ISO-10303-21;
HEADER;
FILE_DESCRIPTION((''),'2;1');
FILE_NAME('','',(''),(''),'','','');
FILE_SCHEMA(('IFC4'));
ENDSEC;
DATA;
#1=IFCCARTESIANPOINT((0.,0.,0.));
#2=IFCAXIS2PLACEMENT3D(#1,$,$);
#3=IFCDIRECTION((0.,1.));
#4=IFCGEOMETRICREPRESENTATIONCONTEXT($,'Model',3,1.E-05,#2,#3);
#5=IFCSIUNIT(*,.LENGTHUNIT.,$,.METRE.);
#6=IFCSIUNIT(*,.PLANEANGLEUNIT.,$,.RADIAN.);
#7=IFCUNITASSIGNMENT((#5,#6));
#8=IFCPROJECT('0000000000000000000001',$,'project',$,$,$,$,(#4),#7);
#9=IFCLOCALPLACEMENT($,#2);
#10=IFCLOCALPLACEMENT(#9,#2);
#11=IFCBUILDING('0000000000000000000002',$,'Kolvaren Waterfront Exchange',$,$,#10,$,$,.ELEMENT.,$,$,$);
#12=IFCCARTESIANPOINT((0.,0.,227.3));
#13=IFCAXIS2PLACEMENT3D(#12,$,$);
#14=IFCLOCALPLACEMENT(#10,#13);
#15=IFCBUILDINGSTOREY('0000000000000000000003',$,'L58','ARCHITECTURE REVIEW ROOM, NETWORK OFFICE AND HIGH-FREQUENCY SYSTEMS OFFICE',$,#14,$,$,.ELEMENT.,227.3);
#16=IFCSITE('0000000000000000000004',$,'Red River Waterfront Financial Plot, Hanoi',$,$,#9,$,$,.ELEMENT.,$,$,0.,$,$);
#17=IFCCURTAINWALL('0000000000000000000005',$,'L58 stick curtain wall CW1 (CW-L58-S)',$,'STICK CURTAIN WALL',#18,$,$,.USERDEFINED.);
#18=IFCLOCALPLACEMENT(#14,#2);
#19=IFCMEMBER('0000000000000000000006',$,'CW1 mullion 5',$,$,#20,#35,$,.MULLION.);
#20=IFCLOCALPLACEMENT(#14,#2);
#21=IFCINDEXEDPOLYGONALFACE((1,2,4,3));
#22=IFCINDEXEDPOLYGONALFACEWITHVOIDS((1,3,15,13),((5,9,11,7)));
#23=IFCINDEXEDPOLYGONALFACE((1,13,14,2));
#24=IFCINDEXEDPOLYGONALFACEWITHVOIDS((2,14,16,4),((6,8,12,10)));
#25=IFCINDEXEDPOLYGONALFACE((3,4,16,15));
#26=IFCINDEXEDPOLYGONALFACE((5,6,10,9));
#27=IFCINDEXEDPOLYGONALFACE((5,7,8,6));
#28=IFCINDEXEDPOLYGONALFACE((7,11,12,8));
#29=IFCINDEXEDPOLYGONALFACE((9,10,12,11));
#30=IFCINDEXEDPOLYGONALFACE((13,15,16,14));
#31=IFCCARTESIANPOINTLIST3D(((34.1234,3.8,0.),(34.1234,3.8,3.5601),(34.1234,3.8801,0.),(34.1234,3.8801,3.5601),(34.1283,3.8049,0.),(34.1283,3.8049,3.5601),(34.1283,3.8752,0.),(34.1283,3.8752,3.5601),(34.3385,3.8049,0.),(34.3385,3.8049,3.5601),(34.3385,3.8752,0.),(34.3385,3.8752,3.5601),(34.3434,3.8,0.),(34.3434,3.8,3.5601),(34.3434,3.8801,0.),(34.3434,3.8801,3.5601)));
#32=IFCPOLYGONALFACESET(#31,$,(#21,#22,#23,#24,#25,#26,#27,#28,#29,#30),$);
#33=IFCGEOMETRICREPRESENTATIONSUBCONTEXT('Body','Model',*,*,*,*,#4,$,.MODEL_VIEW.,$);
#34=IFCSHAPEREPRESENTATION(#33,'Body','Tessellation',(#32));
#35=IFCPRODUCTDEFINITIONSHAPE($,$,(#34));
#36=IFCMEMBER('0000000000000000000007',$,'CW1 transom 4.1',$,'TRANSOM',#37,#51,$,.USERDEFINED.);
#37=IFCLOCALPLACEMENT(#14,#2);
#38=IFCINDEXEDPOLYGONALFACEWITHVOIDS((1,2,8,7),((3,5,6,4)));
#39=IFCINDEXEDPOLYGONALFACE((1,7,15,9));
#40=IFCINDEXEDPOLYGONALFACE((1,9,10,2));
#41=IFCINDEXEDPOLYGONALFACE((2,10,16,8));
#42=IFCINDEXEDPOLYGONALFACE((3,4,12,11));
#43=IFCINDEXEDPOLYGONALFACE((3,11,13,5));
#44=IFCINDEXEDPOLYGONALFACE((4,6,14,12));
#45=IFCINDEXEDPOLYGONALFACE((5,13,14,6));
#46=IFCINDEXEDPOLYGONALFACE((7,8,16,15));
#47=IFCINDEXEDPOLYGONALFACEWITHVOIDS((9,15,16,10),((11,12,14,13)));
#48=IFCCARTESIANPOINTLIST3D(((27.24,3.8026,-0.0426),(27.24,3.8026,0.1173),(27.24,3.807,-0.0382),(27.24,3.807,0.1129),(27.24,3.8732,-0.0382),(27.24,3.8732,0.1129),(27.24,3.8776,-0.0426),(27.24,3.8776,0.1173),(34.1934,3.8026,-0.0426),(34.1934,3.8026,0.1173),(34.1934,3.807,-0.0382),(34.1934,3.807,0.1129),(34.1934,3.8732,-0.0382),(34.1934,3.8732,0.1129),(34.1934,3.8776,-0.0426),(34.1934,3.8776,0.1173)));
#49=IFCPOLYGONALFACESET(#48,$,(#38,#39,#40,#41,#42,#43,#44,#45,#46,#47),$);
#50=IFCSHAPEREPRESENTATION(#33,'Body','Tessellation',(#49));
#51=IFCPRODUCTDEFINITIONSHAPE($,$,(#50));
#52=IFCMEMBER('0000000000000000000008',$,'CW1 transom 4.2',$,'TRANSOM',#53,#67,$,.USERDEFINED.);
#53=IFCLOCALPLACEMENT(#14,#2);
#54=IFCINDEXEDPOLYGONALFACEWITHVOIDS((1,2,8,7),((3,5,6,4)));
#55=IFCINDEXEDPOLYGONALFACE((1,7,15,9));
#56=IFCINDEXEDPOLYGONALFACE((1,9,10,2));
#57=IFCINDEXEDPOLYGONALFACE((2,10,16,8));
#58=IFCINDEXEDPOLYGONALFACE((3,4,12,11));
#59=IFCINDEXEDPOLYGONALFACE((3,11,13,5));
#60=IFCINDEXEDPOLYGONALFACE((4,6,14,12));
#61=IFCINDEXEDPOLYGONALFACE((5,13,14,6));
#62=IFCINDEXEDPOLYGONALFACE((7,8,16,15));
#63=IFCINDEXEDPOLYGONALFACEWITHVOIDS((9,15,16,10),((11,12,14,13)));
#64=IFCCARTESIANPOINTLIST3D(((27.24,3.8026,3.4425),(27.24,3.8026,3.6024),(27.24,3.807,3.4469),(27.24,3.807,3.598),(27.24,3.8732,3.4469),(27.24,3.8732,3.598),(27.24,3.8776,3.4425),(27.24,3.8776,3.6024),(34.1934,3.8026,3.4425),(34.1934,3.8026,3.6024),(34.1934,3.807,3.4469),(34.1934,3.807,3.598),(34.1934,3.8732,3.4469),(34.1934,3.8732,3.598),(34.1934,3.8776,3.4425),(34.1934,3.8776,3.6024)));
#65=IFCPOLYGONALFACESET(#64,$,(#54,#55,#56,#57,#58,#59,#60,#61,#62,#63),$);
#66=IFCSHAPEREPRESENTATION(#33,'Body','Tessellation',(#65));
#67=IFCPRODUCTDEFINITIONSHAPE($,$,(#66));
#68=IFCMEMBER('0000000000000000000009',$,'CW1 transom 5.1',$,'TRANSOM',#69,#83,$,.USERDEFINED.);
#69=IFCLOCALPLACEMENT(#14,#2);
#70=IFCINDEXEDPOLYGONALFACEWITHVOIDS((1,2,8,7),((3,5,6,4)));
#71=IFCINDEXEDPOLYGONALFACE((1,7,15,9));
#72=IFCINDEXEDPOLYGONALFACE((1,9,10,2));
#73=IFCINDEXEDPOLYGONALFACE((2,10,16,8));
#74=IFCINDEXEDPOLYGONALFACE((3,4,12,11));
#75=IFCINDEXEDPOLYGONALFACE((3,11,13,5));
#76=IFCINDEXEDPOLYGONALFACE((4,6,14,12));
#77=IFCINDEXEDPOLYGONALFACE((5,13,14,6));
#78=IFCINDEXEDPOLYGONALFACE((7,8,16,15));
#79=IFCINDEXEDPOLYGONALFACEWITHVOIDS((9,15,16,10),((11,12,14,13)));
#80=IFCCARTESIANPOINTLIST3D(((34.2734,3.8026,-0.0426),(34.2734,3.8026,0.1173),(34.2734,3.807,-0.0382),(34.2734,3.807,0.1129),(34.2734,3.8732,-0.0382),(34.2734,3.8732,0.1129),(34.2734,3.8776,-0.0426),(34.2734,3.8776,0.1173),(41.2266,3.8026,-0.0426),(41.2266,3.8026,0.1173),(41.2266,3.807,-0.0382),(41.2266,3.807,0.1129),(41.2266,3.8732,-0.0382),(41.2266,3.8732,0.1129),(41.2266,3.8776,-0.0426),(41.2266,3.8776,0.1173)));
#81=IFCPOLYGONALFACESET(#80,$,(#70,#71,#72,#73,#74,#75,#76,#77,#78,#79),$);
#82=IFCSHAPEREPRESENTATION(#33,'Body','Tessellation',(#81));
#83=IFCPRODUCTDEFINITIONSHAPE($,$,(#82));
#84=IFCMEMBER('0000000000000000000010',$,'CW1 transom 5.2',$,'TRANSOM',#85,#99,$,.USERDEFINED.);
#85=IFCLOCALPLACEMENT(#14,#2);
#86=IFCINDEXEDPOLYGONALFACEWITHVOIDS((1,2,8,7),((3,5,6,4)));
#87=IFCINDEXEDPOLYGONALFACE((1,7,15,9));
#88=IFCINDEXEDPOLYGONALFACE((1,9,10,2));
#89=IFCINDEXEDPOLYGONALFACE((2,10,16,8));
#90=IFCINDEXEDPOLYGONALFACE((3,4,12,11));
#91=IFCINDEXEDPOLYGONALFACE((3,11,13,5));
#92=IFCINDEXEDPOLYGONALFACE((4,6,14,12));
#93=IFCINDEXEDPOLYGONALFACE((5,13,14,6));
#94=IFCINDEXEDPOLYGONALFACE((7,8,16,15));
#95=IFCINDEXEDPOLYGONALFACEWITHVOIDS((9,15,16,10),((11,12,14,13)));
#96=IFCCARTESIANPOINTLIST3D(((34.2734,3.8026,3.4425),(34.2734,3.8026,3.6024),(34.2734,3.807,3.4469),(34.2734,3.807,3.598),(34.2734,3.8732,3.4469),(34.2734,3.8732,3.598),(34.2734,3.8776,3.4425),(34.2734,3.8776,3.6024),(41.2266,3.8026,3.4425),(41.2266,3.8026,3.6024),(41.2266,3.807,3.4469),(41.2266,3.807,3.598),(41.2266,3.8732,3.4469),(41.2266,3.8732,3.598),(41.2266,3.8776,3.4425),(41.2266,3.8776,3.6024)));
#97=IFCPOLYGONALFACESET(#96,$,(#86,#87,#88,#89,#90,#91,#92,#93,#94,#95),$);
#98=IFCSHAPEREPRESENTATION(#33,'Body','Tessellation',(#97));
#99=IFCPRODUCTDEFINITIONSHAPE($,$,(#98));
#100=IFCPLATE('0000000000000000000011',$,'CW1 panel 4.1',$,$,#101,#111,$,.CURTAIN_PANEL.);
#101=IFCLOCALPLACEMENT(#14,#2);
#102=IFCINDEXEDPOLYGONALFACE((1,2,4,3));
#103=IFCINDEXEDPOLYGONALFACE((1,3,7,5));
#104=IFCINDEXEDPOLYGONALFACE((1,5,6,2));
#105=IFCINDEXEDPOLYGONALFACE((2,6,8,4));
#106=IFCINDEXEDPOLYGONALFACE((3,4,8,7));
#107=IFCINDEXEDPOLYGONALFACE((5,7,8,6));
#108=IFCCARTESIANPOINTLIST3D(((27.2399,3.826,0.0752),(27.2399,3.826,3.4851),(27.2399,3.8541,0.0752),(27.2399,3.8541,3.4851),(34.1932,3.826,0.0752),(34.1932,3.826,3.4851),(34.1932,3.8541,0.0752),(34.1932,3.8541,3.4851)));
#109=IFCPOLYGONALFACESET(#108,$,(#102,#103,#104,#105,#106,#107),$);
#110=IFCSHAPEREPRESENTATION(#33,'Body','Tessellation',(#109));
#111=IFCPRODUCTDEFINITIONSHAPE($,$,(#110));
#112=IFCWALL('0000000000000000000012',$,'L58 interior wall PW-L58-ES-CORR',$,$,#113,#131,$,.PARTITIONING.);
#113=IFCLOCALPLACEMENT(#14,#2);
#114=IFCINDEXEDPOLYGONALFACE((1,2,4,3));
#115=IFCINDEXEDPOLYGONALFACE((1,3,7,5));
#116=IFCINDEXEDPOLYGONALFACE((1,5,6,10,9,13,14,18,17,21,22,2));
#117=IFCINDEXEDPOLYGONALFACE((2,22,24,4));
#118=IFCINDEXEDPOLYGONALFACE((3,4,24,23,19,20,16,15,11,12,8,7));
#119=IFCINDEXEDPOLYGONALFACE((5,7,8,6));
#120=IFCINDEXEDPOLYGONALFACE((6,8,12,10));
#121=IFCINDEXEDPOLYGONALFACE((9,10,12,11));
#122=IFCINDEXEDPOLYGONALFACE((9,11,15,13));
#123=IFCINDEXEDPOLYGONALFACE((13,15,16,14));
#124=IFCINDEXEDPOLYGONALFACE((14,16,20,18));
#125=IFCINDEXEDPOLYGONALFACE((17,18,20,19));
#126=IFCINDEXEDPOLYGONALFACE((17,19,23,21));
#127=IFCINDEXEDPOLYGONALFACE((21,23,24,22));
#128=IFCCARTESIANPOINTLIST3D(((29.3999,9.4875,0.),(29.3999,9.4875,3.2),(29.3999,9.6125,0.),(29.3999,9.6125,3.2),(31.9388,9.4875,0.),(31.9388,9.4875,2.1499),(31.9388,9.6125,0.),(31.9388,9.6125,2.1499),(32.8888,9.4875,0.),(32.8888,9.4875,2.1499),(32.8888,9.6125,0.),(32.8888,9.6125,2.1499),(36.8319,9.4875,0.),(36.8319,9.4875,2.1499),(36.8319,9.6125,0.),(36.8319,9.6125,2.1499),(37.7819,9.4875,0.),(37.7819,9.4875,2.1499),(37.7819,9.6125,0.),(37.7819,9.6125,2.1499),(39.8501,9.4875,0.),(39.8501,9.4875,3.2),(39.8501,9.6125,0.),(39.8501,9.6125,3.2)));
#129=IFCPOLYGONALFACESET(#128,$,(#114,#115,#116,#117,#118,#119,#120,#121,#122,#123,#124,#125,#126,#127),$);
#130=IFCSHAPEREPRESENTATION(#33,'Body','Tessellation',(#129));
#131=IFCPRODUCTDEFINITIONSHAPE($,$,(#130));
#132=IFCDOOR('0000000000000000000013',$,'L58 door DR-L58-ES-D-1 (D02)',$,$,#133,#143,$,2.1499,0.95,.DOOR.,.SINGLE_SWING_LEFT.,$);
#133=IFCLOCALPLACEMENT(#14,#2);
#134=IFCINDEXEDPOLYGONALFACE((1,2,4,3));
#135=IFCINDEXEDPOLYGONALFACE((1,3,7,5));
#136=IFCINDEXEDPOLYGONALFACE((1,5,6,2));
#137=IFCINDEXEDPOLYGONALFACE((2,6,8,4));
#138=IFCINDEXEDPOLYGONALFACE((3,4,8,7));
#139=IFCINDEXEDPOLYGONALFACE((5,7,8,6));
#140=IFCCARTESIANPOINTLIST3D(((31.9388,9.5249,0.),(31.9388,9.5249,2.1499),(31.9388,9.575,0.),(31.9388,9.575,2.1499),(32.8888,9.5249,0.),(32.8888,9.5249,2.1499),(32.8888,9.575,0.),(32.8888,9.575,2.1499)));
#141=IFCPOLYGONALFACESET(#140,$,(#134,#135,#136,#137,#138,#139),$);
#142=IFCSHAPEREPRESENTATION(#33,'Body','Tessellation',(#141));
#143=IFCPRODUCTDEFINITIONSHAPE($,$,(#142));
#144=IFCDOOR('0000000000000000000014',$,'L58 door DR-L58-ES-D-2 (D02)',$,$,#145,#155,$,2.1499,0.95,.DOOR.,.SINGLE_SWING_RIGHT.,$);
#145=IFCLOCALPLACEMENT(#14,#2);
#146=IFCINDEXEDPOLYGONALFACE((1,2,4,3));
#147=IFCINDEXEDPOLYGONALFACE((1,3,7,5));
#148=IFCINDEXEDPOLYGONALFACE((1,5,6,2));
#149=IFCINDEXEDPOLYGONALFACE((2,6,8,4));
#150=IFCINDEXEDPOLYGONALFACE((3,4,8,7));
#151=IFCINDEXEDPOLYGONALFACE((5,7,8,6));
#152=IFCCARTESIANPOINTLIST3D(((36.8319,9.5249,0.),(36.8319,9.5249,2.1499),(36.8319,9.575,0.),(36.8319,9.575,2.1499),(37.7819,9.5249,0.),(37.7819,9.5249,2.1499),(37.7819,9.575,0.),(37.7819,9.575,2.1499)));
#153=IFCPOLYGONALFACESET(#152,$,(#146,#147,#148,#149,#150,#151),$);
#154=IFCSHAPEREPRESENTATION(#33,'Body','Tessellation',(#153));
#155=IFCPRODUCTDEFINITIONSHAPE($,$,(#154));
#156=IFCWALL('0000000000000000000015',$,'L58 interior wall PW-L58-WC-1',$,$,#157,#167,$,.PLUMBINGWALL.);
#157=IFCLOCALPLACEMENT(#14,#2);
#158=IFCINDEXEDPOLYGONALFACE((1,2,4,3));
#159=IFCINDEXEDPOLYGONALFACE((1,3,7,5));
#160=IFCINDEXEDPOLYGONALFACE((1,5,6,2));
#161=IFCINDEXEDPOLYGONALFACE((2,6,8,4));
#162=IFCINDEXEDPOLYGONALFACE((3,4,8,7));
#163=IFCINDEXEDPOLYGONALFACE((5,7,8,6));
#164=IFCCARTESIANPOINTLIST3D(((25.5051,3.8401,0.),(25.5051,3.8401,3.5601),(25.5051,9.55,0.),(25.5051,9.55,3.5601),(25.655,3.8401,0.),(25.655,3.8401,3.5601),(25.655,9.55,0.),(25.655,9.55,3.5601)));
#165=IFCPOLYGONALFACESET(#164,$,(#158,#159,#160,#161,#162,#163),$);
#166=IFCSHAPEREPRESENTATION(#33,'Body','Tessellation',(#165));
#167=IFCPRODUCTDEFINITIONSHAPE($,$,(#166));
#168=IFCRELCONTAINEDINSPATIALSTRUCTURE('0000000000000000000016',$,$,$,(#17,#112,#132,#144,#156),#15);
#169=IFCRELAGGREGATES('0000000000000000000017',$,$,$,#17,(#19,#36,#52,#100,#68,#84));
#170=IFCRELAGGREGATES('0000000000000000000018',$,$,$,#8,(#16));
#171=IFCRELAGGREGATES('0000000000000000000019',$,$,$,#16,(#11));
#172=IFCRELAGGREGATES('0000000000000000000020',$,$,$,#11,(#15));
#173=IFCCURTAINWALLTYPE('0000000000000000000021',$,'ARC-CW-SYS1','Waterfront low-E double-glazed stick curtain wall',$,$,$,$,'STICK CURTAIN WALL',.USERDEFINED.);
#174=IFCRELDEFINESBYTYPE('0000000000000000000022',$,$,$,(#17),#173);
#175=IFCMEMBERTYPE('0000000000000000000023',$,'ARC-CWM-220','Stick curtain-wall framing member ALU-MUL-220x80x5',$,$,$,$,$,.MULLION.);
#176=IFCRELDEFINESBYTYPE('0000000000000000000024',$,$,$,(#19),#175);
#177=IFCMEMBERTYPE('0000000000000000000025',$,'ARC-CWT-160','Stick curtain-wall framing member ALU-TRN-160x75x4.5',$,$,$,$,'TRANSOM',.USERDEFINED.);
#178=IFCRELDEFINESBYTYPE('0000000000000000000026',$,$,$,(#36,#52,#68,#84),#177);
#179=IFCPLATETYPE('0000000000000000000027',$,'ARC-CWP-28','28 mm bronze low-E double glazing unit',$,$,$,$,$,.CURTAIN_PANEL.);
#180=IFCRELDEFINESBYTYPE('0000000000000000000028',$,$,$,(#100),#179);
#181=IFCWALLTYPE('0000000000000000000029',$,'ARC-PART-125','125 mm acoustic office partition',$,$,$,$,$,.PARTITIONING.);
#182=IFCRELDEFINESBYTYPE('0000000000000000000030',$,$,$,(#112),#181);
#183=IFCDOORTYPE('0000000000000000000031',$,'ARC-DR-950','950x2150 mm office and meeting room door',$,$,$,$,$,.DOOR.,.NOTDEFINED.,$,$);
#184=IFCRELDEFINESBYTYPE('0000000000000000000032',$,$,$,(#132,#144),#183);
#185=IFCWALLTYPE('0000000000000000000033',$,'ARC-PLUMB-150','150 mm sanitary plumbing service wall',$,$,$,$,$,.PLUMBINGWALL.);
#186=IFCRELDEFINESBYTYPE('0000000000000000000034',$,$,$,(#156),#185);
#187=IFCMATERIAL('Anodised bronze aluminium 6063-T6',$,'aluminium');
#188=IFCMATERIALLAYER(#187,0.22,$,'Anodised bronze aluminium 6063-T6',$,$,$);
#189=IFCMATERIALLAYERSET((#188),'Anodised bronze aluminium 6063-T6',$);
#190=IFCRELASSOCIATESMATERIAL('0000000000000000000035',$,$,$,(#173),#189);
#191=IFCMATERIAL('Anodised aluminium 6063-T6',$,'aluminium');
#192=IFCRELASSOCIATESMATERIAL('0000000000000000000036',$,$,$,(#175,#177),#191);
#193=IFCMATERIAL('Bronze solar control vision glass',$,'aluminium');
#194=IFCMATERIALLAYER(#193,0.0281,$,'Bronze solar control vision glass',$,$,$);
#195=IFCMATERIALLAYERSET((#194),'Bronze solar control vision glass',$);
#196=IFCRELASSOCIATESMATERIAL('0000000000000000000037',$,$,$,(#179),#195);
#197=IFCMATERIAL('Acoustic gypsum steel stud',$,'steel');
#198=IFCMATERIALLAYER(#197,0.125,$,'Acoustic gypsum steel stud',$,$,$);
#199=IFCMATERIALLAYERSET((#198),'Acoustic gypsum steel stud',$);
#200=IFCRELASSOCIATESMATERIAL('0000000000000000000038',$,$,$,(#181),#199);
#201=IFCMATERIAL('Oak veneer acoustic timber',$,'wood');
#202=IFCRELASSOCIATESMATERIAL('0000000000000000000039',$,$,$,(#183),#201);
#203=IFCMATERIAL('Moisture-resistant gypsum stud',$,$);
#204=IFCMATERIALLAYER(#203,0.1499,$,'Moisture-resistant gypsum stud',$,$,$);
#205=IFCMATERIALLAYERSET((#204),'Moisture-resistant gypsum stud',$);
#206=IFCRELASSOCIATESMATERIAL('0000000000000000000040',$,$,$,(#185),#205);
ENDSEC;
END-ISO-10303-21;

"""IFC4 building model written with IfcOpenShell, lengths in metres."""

from ifc_helpers import new_model, si_unit, direction, frame, frame_2d, origin, origin_with_axes, origin_2d, place, context, subcontext, project, spatial, rectangle, hollow_rectangle, extrude, source, transform, mapped, material, layer, layer_set, material_profile, profile_set, type_object, element, fill, aggregate, save


model = new_model("IFC4")

# Units and contexts
model_context = context("Model", 3, precision=1e-05, world=origin(), true_north=direction((0.0, 1.0)))
body_context = subcontext(model_context, "Body", "Model", "MODEL_VIEW")
ifc_project = project(units=[si_unit("LENGTHUNIT", "METRE"), si_unit("PLANEANGLEUNIT", "RADIAN")], contexts=[model_context])

# Site, building, storey
site_placement = place(None, origin())
site = spatial("IfcSite", under=ifc_project, at=site_placement, Name="Red River Waterfront Financial Plot, Hanoi", CompositionType="ELEMENT", RefElevation=0.0)
building_placement = place(site_placement, origin())
building = spatial("IfcBuilding", under=site, at=building_placement, Name="Kolvaren Waterfront Exchange", CompositionType="ELEMENT")
storey_placement = place(building_placement, frame((0.0, 0.0, 227.3)))
storey = spatial("IfcBuildingStorey", under=building, at=storey_placement, Name="L58", Description="ARCHITECTURE REVIEW ROOM, NETWORK OFFICE AND HIGH-FREQUENCY SYSTEMS OFFICE", CompositionType="ELEMENT", Elevation=227.3)

# Curtain wall, members, plate
ifc_material_1 = material(Name="Anodised bronze aluminium 6063-T6", Category="aluminium")
ifc_layer_1 = layer(ifc_material_1, 0.22, Name="Anodised bronze aluminium 6063-T6")
ifc_layer_set_1 = layer_set([ifc_layer_1], Name="Anodised bronze aluminium 6063-T6")
curtain_wall_type = type_object("IfcCurtainWallType", Name="ARC-CW-SYS1", Description="Waterfront low-E double-glazed stick curtain wall", ElementType="STICK CURTAIN WALL", PredefinedType="USERDEFINED", material=ifc_layer_set_1)
curtain_wall_placement = place(storey_placement, origin())
curtain_wall = element("IfcCurtainWall", 1, at=curtain_wall_placement, inside=storey, type_object=curtain_wall_type, Name="L58 stick curtain wall CW1 (CW-L58-S)", ObjectType="STICK CURTAIN WALL", PredefinedType="USERDEFINED")
ifc_material_2 = material(Name="Anodised aluminium 6063-T6", Category="aluminium")
ifc_material_profile_1 = material_profile(ifc_material_2, hollow_rectangle(XDim=0.0801, YDim=0.22, WallThickness=0.0049, at=origin_2d()), Name="ALU-MUL-220x80x5")
ifc_profile_set_1 = profile_set([ifc_material_profile_1], Name="Anodised aluminium 6063-T6")
member_type_1 = type_object("IfcMemberType", Name="ARC-CWM-220", Description="Stick curtain-wall framing member ALU-MUL-220x80x5", PredefinedType="MULLION", material=ifc_profile_set_1)
shared_shape_1 = source(origin_with_axes(), body_context, "Body", "SweptSolid", [
    extrude(hollow_rectangle(XDim=0.0801, YDim=0.22, WallThickness=0.0049, at=origin_2d()), origin(), (0.0, 0.0, 1.0), 3.5601),
])
member_1_placement = place(storey_placement, frame((34.2334, 3.8401, 0.0), z_axis=(0.0, 0.0, 1.0), x_axis=(0.0, 1.0, 0.0)))
member_1 = element("IfcMember", 2, at=member_1_placement, type_object=member_type_1, Name="CW1 mullion 5", PredefinedType="MULLION", context=body_context, shape_type="MappedRepresentation", body=[
    mapped(shared_shape_1, transform((0.0, 0.0, 0.0), x_axis=(1.0, 0.0, 0.0), y_axis=(0.0, 1.0, 0.0), z_axis=(0.0, 0.0, 1.0), scale=1.0)),
])
ifc_material_profile_2 = material_profile(ifc_material_2, hollow_rectangle(XDim=0.075, YDim=0.1599, WallThickness=0.0044, at=origin_2d()), Name="ALU-TRN-160x75x4.5")
ifc_profile_set_2 = profile_set([ifc_material_profile_2], Name="Anodised aluminium 6063-T6")
member_type_2 = type_object("IfcMemberType", Name="ARC-CWT-160", Description="Stick curtain-wall framing member ALU-TRN-160x75x4.5", ElementType="TRANSOM", PredefinedType="USERDEFINED", material=ifc_profile_set_2)
shared_shape_2 = source(origin_with_axes(), body_context, "Body", "SweptSolid", [
    extrude(hollow_rectangle(XDim=0.075, YDim=0.1599, WallThickness=0.0044, at=origin_2d()), origin(), (0.0, 0.0, 1.0), 6.9534),
])
member_2_placement = place(storey_placement, frame((27.24, 3.8401, 0.0374), z_axis=(1.0, 0.0, 0.0), x_axis=(0.0, 1.0, 0.0)))
member_2 = element("IfcMember", 3, at=member_2_placement, type_object=member_type_2, Name="CW1 transom 4.1", ObjectType="TRANSOM", PredefinedType="USERDEFINED", context=body_context, shape_type="MappedRepresentation", body=[
    mapped(shared_shape_2, transform((0.0, 0.0, 0.0), x_axis=(1.0, 0.0, 0.0), y_axis=(0.0, 1.0, 0.0), z_axis=(0.0, 0.0, 1.0), scale=1.0)),
])
member_3_placement = place(storey_placement, frame((27.24, 3.8401, 3.5225), z_axis=(1.0, 0.0, 0.0), x_axis=(0.0, 1.0, 0.0)))
member_3 = element("IfcMember", 4, at=member_3_placement, type_object=member_type_2, Name="CW1 transom 4.2", ObjectType="TRANSOM", PredefinedType="USERDEFINED", context=body_context, shape_type="MappedRepresentation", body=[
    mapped(shared_shape_2, transform((0.0, 0.0, 0.0), x_axis=(1.0, 0.0, 0.0), y_axis=(0.0, 1.0, 0.0), z_axis=(0.0, 0.0, 1.0), scale=1.0)),
])
shared_shape_3 = source(origin_with_axes(), body_context, "Body", "SweptSolid", [
    extrude(hollow_rectangle(XDim=0.075, YDim=0.1599, WallThickness=0.0044, at=origin_2d()), origin(), (0.0, 0.0, 1.0), 6.9531),
])
member_4_placement = place(storey_placement, frame((34.2734, 3.8401, 0.0374), z_axis=(1.0, 0.0, 0.0), x_axis=(0.0, 1.0, 0.0)))
member_4 = element("IfcMember", 5, at=member_4_placement, type_object=member_type_2, Name="CW1 transom 5.1", ObjectType="TRANSOM", PredefinedType="USERDEFINED", context=body_context, shape_type="MappedRepresentation", body=[
    mapped(shared_shape_3, transform((0.0, 0.0, 0.0), x_axis=(1.0, 0.0, 0.0), y_axis=(0.0, 1.0, 0.0), z_axis=(0.0, 0.0, 1.0), scale=1.0)),
])
member_5_placement = place(storey_placement, frame((34.2734, 3.8401, 3.5225), z_axis=(1.0, 0.0, 0.0), x_axis=(0.0, 1.0, 0.0)))
member_5 = element("IfcMember", 6, at=member_5_placement, type_object=member_type_2, Name="CW1 transom 5.2", ObjectType="TRANSOM", PredefinedType="USERDEFINED", context=body_context, shape_type="MappedRepresentation", body=[
    mapped(shared_shape_3, transform((0.0, 0.0, 0.0), x_axis=(1.0, 0.0, 0.0), y_axis=(0.0, 1.0, 0.0), z_axis=(0.0, 0.0, 1.0), scale=1.0)),
])
ifc_material_3 = material(Name="Bronze solar control vision glass", Category="aluminium")
ifc_layer_2 = layer(ifc_material_3, 0.0281, Name="Bronze solar control vision glass")
ifc_layer_set_2 = layer_set([ifc_layer_2], Name="Bronze solar control vision glass")
plate_type = type_object("IfcPlateType", Name="ARC-CWP-28", Description="28 mm bronze low-E double glazing unit", PredefinedType="CURTAIN_PANEL", material=ifc_layer_set_2)
shared_shape_4 = source(origin_with_axes(), body_context, "Body", "SweptSolid", [
    extrude(rectangle(XDim=6.9534, YDim=0.0281, at=origin_2d()), origin(), (0.0, 0.0, 1.0), 3.4099),
])
plate_placement = place(storey_placement, frame((30.7166, 3.8401, 0.0752), z_axis=(0.0, 0.0, 1.0), x_axis=(1.0, 0.0, 0.0)))
plate = element("IfcPlate", 7, at=plate_placement, type_object=plate_type, Name="CW1 panel 4.1", PredefinedType="CURTAIN_PANEL", context=body_context, shape_type="MappedRepresentation", body=[
    mapped(shared_shape_4, transform((0.0, 0.0, 0.0), x_axis=(1.0, 0.0, 0.0), y_axis=(0.0, 1.0, 0.0), z_axis=(0.0, 0.0, 1.0), scale=1.0)),
])
aggregate(curtain_wall, [member_1, member_2, member_3, plate, member_4, member_5])

# Wall, openings, doors
ifc_material_4 = material(Name="Acoustic gypsum steel stud", Category="steel")
ifc_layer_3 = layer(ifc_material_4, 0.125, Name="Acoustic gypsum steel stud")
ifc_layer_set_3 = layer_set([ifc_layer_3], Name="Acoustic gypsum steel stud")
wall_type_1 = type_object("IfcWallType", Name="ARC-PART-125", Description="125 mm acoustic office partition", PredefinedType="PARTITIONING", material=ifc_layer_set_3)
wall_1_placement = place(storey_placement, frame((29.3999, 9.55, 0.0), z_axis=(0.0, 0.0, 1.0), x_axis=(1.0, 0.0, 0.0)))
wall_1 = element("IfcWall", 8, at=wall_1_placement, inside=storey, type_object=wall_type_1, Name="L58 interior wall PW-L58-ES-CORR", PredefinedType="PARTITIONING", context=body_context, shape_type="SweptSolid", body=[
    extrude(rectangle(XDim=10.4502, YDim=0.125, at=frame_2d((5.2251, 0.0))), origin(), (0.0, 0.0, 1.0), 3.2),
])
opening_1_placement = place(wall_1_placement, frame((2.5388, 0.0, 0.0)))
opening_1 = element("IfcOpeningElement", 9, at=opening_1_placement, cuts=wall_1, PredefinedType="OPENING", context=body_context, shape_type="SweptSolid", body=[
    extrude(rectangle(XDim=0.95, YDim=2.1499, at=frame_2d((0.4751, 1.075))), frame((0.0, 0.0725, 0.0), z_axis=(0.0, -1.0, 0.0), x_axis=(1.0, 0.0, 0.0)), (0.0, 0.0, 1.0), 0.145),
])
opening_2_placement = place(wall_1_placement, frame((7.4319, 0.0, 0.0)))
opening_2 = element("IfcOpeningElement", 10, at=opening_2_placement, cuts=wall_1, PredefinedType="OPENING", context=body_context, shape_type="SweptSolid", body=[
    extrude(rectangle(XDim=0.95, YDim=2.1499, at=frame_2d((0.4751, 1.075))), frame((0.0, 0.0725, 0.0), z_axis=(0.0, -1.0, 0.0), x_axis=(1.0, 0.0, 0.0)), (0.0, 0.0, 1.0), 0.145),
])
ifc_material_5 = material(Name="Oak veneer acoustic timber", Category="wood")
door_type_1 = type_object("IfcDoorType", Name="ARC-DR-950", Description="950x2150 mm office and meeting room door", OperationType="NOTDEFINED", PredefinedType="DOOR", material=ifc_material_5)
door_1_placement = place(opening_1_placement, origin())
door_1 = element("IfcDoor", 11, at=door_1_placement, inside=storey, type_object=door_type_1, Name="L58 door DR-L58-ES-D-1 (D02)", OperationType="SINGLE_SWING_LEFT", OverallHeight=2.1499, OverallWidth=0.95, PredefinedType="DOOR", context=body_context, shape_type="SweptSolid", body=[
    extrude(rectangle(XDim=0.95, YDim=2.1499, at=frame_2d((0.4751, 1.075))), frame((0.0, 0.0249, 0.0), z_axis=(0.0, -1.0, 0.0), x_axis=(1.0, 0.0, 0.0)), (0.0, 0.0, 1.0), 0.05),
])
fill(opening_1, door_1)
door_2_placement = place(opening_2_placement, origin())
door_2 = element("IfcDoor", 12, at=door_2_placement, inside=storey, type_object=door_type_1, Name="L58 door DR-L58-ES-D-2 (D02)", OperationType="SINGLE_SWING_RIGHT", OverallHeight=2.1499, OverallWidth=0.95, PredefinedType="DOOR", context=body_context, shape_type="SweptSolid", body=[
    extrude(rectangle(XDim=0.95, YDim=2.1499, at=frame_2d((0.4751, 1.075))), frame((0.0, 0.0249, 0.0), z_axis=(0.0, -1.0, 0.0), x_axis=(1.0, 0.0, 0.0)), (0.0, 0.0, 1.0), 0.05),
])
fill(opening_2, door_2)
ifc_material_6 = material(Name="Moisture-resistant gypsum stud")
ifc_layer_4 = layer(ifc_material_6, 0.1499, Name="Moisture-resistant gypsum stud")
ifc_layer_set_4 = layer_set([ifc_layer_4], Name="Moisture-resistant gypsum stud")
wall_type_2 = type_object("IfcWallType", Name="ARC-PLUMB-150", Description="150 mm sanitary plumbing service wall", PredefinedType="PLUMBINGWALL", material=ifc_layer_set_4)

# Wall
wall_2_placement = place(storey_placement, frame((25.5801, 3.8401, 0.0), z_axis=(0.0, 0.0, 1.0), x_axis=(0.0, 1.0, 0.0)))
element("IfcWall", 13, at=wall_2_placement, inside=storey, type_object=wall_type_2, Name="L58 interior wall PW-L58-WC-1", PredefinedType="PLUMBINGWALL", context=body_context, shape_type="SweptSolid", body=[
    extrude(rectangle(XDim=5.71, YDim=0.1499, at=frame_2d((2.855, 0.0))), origin(), (0.0, 0.0, 1.0), 3.5601),
])

save(model, "model.ifc")
